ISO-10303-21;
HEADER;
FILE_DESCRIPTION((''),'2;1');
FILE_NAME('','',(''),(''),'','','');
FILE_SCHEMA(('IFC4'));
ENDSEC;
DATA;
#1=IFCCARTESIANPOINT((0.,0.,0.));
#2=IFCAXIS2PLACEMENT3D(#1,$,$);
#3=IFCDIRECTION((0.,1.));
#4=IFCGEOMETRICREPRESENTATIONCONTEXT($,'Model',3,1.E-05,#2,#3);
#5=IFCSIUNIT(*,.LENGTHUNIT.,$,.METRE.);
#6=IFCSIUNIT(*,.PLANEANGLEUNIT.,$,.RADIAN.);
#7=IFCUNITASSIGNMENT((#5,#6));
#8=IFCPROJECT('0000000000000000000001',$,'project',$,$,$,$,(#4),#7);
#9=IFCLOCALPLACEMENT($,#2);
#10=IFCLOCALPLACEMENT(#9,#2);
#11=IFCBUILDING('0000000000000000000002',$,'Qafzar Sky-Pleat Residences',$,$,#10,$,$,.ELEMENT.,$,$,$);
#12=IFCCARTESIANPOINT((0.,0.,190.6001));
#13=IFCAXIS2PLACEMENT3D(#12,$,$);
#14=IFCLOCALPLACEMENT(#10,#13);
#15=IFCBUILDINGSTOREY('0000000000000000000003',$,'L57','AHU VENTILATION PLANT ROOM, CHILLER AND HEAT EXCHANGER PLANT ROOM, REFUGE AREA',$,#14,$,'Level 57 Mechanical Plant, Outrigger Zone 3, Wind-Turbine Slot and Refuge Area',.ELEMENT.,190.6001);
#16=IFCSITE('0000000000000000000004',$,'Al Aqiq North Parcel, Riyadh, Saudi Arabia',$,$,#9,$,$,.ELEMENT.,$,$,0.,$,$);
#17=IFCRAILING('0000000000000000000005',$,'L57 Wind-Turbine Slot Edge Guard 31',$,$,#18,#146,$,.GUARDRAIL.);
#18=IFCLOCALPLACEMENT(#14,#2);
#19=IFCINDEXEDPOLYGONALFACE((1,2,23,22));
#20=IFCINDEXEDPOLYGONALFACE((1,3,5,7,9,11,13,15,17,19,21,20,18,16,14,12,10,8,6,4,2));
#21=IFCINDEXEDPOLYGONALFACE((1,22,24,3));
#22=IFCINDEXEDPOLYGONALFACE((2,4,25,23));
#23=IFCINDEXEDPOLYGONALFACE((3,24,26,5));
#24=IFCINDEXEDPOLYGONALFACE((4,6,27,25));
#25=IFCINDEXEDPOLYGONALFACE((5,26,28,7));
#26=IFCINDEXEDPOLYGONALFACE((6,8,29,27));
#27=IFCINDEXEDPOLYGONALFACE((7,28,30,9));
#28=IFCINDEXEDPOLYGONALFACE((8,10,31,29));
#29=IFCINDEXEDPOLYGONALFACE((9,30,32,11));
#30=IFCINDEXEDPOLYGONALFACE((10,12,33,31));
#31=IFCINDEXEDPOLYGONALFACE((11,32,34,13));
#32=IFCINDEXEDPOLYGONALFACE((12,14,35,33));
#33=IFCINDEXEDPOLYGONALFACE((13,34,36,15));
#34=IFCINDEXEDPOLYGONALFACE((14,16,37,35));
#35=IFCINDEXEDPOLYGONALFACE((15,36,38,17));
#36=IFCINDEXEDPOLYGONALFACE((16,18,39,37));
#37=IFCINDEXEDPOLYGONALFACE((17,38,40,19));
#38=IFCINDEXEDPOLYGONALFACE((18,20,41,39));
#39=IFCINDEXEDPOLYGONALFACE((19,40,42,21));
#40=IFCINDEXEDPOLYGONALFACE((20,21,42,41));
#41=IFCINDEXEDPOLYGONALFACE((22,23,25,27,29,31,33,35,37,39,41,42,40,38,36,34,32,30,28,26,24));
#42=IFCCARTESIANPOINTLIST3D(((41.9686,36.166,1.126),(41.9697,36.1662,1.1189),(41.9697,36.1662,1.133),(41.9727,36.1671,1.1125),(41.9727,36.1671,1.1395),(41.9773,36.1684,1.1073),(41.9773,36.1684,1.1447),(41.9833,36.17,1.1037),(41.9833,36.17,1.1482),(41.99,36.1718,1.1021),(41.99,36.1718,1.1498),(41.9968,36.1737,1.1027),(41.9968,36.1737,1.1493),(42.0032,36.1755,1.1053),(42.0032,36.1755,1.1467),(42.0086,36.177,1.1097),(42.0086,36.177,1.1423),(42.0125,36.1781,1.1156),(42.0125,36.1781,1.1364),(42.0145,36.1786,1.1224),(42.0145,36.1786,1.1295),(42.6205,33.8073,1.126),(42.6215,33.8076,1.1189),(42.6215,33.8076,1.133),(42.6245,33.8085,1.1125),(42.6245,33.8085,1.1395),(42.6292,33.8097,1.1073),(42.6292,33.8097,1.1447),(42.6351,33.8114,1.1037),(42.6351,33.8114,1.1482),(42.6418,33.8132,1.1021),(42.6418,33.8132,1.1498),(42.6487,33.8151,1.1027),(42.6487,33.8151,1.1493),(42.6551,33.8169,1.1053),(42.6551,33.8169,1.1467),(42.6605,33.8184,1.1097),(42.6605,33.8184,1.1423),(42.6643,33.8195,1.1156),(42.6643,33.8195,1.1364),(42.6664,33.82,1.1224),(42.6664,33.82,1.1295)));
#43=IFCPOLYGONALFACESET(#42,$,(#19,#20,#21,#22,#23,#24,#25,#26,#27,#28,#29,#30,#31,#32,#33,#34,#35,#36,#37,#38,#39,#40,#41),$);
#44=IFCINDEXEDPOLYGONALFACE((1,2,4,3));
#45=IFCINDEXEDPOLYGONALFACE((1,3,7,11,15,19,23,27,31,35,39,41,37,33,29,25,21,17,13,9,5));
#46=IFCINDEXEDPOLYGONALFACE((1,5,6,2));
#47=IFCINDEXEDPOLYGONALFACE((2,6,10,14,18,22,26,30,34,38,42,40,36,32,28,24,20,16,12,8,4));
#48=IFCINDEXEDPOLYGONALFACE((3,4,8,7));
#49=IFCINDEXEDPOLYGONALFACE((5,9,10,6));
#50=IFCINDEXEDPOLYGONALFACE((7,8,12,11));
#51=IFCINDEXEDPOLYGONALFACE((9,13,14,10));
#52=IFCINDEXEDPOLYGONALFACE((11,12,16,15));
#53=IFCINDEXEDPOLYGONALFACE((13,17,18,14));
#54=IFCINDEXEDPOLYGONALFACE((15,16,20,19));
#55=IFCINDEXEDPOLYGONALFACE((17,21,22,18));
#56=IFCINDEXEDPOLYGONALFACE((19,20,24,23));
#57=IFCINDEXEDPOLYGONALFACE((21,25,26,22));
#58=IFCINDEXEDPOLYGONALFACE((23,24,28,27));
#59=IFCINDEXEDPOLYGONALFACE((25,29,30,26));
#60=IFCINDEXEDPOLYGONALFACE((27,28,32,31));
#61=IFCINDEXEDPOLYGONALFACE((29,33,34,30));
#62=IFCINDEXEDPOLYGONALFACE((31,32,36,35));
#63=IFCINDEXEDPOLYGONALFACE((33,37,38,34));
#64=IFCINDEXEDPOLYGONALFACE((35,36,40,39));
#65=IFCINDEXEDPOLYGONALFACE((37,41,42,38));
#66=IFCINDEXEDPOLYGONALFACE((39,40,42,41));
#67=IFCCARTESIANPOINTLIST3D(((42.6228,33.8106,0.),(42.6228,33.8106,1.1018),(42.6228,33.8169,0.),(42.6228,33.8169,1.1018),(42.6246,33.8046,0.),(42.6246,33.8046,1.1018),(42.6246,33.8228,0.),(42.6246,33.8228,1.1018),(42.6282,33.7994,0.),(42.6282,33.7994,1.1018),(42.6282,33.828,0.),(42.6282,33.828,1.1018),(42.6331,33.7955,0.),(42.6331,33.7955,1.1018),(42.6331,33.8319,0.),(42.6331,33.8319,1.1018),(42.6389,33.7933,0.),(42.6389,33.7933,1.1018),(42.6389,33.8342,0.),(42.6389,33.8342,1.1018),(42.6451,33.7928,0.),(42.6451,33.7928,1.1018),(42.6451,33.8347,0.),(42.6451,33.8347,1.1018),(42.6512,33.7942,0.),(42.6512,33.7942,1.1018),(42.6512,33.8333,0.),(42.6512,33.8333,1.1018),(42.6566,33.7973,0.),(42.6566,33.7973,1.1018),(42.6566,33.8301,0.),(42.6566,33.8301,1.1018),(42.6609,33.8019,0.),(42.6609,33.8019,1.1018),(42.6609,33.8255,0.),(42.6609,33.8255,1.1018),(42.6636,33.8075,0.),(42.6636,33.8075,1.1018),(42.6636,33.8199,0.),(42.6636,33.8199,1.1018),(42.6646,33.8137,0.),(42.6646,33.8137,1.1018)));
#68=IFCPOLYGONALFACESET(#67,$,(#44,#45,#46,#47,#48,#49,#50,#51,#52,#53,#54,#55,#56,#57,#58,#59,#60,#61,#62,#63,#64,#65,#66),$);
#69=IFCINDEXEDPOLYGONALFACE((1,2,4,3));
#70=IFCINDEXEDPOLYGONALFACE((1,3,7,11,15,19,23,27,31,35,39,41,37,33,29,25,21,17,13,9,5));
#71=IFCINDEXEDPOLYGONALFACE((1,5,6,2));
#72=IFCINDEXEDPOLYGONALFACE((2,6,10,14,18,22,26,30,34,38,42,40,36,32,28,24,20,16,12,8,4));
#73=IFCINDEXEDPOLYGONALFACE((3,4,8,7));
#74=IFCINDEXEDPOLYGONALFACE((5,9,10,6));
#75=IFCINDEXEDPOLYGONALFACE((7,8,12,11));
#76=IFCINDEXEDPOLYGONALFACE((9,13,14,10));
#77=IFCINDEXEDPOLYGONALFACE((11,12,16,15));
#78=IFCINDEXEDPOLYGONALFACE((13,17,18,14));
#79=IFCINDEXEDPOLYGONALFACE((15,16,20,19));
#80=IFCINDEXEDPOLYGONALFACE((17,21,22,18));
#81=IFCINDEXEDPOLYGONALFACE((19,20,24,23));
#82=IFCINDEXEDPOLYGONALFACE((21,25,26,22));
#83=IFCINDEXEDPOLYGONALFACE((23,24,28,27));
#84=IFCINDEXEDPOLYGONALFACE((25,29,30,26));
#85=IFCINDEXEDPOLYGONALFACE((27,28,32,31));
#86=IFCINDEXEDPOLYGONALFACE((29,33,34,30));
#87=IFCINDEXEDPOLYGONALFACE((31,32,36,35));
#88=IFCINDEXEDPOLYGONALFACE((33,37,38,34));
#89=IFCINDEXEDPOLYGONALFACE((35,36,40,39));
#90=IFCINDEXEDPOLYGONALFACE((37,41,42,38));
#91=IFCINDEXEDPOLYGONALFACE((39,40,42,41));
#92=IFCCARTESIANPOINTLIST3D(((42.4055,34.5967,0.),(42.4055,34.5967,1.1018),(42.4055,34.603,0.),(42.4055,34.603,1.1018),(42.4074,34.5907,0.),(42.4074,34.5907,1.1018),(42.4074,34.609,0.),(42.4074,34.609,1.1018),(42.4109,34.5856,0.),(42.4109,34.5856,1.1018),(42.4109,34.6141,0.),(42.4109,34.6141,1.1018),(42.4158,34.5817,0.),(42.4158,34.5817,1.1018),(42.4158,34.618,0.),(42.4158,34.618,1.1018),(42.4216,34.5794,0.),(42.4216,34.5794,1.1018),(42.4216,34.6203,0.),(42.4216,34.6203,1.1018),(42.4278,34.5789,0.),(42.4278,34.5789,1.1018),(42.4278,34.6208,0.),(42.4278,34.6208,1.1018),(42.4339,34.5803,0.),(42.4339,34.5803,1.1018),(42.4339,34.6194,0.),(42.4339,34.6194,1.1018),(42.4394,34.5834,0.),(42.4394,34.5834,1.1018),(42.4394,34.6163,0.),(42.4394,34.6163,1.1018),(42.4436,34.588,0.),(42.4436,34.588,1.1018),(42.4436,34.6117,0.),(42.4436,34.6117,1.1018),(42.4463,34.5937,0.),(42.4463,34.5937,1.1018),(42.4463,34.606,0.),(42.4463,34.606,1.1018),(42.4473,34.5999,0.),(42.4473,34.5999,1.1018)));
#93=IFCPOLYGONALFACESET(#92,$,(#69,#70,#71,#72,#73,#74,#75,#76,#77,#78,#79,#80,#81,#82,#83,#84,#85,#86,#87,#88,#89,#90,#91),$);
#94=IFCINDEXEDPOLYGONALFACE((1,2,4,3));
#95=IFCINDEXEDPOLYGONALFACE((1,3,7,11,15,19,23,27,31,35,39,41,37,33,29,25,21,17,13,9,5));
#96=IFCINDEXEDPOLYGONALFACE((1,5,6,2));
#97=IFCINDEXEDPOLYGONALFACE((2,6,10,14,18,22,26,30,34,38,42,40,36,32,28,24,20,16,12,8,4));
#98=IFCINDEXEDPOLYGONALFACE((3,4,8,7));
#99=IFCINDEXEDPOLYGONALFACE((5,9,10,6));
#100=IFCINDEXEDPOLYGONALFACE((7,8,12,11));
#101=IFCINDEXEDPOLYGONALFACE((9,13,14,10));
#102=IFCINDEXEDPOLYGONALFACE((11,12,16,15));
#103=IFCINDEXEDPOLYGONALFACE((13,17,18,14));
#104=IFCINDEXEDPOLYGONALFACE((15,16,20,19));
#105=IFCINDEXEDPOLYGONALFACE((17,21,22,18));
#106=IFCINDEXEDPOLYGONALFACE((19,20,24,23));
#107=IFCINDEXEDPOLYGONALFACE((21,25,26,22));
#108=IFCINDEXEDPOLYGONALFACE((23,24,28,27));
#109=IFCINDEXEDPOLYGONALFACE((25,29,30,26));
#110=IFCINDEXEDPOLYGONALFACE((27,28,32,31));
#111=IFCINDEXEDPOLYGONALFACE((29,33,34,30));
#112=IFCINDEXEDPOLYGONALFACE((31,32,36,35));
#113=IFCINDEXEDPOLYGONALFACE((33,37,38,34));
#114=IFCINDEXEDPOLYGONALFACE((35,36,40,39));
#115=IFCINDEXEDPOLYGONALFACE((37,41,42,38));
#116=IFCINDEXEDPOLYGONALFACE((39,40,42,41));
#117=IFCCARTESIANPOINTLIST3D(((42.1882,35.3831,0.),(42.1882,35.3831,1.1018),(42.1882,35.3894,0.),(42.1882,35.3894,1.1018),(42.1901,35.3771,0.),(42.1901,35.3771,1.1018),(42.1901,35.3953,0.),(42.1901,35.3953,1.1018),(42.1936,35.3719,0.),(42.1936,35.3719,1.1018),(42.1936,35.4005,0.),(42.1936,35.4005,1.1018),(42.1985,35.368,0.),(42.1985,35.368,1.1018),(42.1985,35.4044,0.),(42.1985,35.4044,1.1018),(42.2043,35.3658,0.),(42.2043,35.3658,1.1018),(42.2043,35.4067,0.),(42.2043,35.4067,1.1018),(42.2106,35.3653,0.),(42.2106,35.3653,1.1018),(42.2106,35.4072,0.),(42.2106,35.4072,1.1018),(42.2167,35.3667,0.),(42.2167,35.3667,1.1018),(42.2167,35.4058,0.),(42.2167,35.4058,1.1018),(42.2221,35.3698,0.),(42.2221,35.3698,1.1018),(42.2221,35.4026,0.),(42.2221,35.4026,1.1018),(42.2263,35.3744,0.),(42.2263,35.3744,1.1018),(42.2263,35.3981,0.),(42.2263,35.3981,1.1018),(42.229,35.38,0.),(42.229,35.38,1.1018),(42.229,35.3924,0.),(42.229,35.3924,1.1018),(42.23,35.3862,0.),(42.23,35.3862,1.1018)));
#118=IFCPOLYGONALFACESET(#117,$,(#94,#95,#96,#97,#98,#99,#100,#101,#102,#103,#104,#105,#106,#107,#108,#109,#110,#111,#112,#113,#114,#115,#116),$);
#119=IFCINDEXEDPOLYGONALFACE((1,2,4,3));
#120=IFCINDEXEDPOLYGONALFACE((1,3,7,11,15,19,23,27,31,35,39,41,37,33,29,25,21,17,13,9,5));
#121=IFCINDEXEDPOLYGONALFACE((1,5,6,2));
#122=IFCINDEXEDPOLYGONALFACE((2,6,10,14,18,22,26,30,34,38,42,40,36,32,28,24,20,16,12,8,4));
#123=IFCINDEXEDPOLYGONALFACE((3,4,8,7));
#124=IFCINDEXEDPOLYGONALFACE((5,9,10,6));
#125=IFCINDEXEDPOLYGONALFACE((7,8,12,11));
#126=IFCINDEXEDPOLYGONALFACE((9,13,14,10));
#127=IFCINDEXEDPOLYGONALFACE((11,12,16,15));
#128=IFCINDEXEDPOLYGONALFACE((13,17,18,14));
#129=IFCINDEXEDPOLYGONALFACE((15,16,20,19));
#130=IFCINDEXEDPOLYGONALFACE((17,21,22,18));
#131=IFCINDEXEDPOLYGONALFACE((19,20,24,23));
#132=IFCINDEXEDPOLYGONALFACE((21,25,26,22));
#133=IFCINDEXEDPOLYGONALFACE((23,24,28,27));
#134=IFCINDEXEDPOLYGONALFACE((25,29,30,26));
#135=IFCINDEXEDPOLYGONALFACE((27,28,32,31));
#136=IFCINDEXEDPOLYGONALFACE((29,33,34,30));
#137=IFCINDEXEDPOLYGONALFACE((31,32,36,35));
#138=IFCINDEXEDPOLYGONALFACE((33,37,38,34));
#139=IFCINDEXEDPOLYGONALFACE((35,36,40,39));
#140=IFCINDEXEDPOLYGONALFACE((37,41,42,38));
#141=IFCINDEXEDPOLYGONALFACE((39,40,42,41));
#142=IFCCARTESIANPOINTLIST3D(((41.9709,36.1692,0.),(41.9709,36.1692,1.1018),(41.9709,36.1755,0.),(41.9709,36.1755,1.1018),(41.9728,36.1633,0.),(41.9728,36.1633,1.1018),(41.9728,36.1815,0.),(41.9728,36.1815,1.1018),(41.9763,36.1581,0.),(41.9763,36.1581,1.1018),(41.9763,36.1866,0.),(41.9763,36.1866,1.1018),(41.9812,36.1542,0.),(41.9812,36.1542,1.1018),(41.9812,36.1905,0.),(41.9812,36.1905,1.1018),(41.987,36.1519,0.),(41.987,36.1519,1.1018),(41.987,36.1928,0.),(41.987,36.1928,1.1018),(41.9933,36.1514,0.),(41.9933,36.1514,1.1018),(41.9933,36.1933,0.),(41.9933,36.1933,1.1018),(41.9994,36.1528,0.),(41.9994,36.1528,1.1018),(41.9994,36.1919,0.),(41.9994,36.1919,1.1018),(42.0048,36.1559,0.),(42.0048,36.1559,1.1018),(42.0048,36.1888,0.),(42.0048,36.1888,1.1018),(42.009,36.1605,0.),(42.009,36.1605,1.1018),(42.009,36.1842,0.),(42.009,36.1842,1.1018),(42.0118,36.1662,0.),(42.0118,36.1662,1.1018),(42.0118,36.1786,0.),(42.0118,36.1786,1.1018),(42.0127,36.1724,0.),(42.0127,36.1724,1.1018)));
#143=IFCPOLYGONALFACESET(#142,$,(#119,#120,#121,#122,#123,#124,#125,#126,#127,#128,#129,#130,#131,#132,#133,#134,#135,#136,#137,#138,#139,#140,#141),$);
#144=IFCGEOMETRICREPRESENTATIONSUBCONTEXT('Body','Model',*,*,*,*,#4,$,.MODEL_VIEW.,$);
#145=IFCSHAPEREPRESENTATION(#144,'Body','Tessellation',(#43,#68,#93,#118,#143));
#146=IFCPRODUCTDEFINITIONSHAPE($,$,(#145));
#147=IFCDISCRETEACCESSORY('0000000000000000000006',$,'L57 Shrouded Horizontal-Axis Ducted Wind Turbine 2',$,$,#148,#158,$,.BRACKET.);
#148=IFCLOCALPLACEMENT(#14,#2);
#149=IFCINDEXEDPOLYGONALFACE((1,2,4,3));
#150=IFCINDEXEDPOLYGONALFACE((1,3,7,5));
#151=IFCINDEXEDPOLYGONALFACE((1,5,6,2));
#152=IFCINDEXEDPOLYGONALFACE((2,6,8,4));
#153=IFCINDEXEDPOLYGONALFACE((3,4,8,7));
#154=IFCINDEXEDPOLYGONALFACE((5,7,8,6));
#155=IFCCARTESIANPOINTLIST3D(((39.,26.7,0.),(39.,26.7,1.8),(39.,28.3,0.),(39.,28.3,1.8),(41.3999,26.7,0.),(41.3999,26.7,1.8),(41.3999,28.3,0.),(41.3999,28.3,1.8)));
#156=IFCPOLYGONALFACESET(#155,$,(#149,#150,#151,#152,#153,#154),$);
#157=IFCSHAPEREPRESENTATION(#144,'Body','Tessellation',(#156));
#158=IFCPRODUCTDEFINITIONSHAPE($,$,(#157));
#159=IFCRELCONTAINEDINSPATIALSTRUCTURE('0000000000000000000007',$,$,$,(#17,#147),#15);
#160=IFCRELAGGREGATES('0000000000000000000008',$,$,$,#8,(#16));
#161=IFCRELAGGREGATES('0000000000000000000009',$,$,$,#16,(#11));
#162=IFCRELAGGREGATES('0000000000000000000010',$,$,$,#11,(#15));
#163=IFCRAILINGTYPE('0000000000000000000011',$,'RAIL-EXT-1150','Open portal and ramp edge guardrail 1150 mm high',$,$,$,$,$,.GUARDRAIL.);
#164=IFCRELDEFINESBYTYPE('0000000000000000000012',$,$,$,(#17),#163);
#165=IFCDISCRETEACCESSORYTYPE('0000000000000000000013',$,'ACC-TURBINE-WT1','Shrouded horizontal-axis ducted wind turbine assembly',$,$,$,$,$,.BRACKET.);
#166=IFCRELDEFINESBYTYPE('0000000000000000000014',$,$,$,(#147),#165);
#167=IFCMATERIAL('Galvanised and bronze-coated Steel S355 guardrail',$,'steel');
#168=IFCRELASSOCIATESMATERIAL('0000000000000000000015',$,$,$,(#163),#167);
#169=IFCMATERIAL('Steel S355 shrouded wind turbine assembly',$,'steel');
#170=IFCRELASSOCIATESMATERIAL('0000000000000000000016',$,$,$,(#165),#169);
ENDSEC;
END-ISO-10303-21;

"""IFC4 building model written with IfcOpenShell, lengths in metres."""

from ifc_helpers import new_model, si_unit, direction, frame, origin, origin_2d, place, context, subcontext, project, spatial, rectangle, circle, extrude, source, transform, mapped, material, type_object, element, save


model = new_model("IFC4")

# Units and contexts
model_context = context("Model", 3, precision=1e-05, world=origin(), true_north=direction((0.0, 1.0)))
body_context = subcontext(model_context, "Body", "Model", "MODEL_VIEW")
ifc_project = project(units=[si_unit("LENGTHUNIT", "METRE"), si_unit("PLANEANGLEUNIT", "RADIAN")], contexts=[model_context])

# Site, building, storey
site_placement = place(None, origin())
site = spatial("IfcSite", under=ifc_project, at=site_placement, Name="Al Aqiq North Parcel, Riyadh, Saudi Arabia", CompositionType="ELEMENT", RefElevation=0.0)
building_placement = place(site_placement, origin())
building = spatial("IfcBuilding", under=site, at=building_placement, Name="Qafzar Sky-Pleat Residences", CompositionType="ELEMENT")
storey_placement = place(building_placement, frame((0.0, 0.0, 190.6001)))
storey = spatial("IfcBuildingStorey", under=building, at=storey_placement, Name="L57", Description="AHU VENTILATION PLANT ROOM, CHILLER AND HEAT EXCHANGER PLANT ROOM, REFUGE AREA", LongName="Level 57 Mechanical Plant, Outrigger Zone 3, Wind-Turbine Slot and Refuge Area", CompositionType="ELEMENT", Elevation=190.6001)

# Railing
ifc_material_1 = material(Name="Galvanised and bronze-coated Steel S355 guardrail", Category="steel")
railing_type = type_object("IfcRailingType", Name="RAIL-EXT-1150", Description="Open portal and ramp edge guardrail 1150 mm high", PredefinedType="GUARDRAIL", material=ifc_material_1)
shared_shape_1 = source(origin(), body_context, "Body", "SweptSolid", [
    extrude(circle(Radius=0.0239, at=origin_2d()), frame((0.0, 0.0, 1.126), z_axis=(-0.266383, 0.963867, 0.0), x_axis=(-0.963867, -0.266383, 0.0)), (0.0, 0.0, 1.0), 2.447),
    extrude(circle(Radius=0.021, at=origin_2d()), origin(), (0.0, 0.0, 1.0), 1.1018),
    extrude(circle(Radius=0.021, at=origin_2d()), frame((-0.2173, 0.7861, 0.0)), (0.0, 0.0, 1.0), 1.1018),
    extrude(circle(Radius=0.021, at=origin_2d()), frame((-0.4346, 1.5725, 0.0)), (0.0, 0.0, 1.0), 1.1018),
    extrude(circle(Radius=0.021, at=origin_2d()), frame((-0.6519, 2.3586, 0.0)), (0.0, 0.0, 1.0), 1.1018),
])
railing_1_placement = place(storey_placement, frame((42.6436, 33.8137, 0.0)))
element("IfcRailing", 1, at=railing_1_placement, inside=storey, type_object=railing_type, Name="L57 Wind-Turbine Slot Edge Guard 31", PredefinedType="GUARDRAIL", context=body_context, shape_type="MappedRepresentation", body=[
    mapped(shared_shape_1, transform((0.0, 0.0, 0.0), x_axis=(1.0, 0.0, 0.0), y_axis=(0.0, 1.0, 0.0), z_axis=(0.0, 0.0, 1.0), scale=1.0)),
])

# Discrete accessory
ifc_material_2 = material(Name="Steel S355 shrouded wind turbine assembly", Category="steel")
discrete_accessory_type = type_object("IfcDiscreteAccessoryType", Name="ACC-TURBINE-WT1", Description="Shrouded horizontal-axis ducted wind turbine assembly", PredefinedType="BRACKET", material=ifc_material_2)
shared_shape_2 = source(origin(), body_context, "Body", "SweptSolid", [
    extrude(rectangle(XDim=2.3999, YDim=1.6001, at=origin_2d()), origin(), (0.0, 0.0, 1.0), 1.8),
])
discrete_accessory_placement = place(storey_placement, frame((40.2, 27.5, 0.0), z_axis=(0.0, 0.0, 1.0), x_axis=(1.0, 0.0, 0.0)))
element("IfcDiscreteAccessory", 2, at=discrete_accessory_placement, inside=storey, type_object=discrete_accessory_type, Name="L57 Shrouded Horizontal-Axis Ducted Wind Turbine 2", PredefinedType="BRACKET", context=body_context, shape_type="MappedRepresentation", body=[
    mapped(shared_shape_2, transform((0.0, 0.0, 0.0), x_axis=(1.0, 0.0, 0.0), y_axis=(0.0, 1.0, 0.0), z_axis=(0.0, 0.0, 1.0), scale=1.0)),
])

save(model, "model.ifc")
